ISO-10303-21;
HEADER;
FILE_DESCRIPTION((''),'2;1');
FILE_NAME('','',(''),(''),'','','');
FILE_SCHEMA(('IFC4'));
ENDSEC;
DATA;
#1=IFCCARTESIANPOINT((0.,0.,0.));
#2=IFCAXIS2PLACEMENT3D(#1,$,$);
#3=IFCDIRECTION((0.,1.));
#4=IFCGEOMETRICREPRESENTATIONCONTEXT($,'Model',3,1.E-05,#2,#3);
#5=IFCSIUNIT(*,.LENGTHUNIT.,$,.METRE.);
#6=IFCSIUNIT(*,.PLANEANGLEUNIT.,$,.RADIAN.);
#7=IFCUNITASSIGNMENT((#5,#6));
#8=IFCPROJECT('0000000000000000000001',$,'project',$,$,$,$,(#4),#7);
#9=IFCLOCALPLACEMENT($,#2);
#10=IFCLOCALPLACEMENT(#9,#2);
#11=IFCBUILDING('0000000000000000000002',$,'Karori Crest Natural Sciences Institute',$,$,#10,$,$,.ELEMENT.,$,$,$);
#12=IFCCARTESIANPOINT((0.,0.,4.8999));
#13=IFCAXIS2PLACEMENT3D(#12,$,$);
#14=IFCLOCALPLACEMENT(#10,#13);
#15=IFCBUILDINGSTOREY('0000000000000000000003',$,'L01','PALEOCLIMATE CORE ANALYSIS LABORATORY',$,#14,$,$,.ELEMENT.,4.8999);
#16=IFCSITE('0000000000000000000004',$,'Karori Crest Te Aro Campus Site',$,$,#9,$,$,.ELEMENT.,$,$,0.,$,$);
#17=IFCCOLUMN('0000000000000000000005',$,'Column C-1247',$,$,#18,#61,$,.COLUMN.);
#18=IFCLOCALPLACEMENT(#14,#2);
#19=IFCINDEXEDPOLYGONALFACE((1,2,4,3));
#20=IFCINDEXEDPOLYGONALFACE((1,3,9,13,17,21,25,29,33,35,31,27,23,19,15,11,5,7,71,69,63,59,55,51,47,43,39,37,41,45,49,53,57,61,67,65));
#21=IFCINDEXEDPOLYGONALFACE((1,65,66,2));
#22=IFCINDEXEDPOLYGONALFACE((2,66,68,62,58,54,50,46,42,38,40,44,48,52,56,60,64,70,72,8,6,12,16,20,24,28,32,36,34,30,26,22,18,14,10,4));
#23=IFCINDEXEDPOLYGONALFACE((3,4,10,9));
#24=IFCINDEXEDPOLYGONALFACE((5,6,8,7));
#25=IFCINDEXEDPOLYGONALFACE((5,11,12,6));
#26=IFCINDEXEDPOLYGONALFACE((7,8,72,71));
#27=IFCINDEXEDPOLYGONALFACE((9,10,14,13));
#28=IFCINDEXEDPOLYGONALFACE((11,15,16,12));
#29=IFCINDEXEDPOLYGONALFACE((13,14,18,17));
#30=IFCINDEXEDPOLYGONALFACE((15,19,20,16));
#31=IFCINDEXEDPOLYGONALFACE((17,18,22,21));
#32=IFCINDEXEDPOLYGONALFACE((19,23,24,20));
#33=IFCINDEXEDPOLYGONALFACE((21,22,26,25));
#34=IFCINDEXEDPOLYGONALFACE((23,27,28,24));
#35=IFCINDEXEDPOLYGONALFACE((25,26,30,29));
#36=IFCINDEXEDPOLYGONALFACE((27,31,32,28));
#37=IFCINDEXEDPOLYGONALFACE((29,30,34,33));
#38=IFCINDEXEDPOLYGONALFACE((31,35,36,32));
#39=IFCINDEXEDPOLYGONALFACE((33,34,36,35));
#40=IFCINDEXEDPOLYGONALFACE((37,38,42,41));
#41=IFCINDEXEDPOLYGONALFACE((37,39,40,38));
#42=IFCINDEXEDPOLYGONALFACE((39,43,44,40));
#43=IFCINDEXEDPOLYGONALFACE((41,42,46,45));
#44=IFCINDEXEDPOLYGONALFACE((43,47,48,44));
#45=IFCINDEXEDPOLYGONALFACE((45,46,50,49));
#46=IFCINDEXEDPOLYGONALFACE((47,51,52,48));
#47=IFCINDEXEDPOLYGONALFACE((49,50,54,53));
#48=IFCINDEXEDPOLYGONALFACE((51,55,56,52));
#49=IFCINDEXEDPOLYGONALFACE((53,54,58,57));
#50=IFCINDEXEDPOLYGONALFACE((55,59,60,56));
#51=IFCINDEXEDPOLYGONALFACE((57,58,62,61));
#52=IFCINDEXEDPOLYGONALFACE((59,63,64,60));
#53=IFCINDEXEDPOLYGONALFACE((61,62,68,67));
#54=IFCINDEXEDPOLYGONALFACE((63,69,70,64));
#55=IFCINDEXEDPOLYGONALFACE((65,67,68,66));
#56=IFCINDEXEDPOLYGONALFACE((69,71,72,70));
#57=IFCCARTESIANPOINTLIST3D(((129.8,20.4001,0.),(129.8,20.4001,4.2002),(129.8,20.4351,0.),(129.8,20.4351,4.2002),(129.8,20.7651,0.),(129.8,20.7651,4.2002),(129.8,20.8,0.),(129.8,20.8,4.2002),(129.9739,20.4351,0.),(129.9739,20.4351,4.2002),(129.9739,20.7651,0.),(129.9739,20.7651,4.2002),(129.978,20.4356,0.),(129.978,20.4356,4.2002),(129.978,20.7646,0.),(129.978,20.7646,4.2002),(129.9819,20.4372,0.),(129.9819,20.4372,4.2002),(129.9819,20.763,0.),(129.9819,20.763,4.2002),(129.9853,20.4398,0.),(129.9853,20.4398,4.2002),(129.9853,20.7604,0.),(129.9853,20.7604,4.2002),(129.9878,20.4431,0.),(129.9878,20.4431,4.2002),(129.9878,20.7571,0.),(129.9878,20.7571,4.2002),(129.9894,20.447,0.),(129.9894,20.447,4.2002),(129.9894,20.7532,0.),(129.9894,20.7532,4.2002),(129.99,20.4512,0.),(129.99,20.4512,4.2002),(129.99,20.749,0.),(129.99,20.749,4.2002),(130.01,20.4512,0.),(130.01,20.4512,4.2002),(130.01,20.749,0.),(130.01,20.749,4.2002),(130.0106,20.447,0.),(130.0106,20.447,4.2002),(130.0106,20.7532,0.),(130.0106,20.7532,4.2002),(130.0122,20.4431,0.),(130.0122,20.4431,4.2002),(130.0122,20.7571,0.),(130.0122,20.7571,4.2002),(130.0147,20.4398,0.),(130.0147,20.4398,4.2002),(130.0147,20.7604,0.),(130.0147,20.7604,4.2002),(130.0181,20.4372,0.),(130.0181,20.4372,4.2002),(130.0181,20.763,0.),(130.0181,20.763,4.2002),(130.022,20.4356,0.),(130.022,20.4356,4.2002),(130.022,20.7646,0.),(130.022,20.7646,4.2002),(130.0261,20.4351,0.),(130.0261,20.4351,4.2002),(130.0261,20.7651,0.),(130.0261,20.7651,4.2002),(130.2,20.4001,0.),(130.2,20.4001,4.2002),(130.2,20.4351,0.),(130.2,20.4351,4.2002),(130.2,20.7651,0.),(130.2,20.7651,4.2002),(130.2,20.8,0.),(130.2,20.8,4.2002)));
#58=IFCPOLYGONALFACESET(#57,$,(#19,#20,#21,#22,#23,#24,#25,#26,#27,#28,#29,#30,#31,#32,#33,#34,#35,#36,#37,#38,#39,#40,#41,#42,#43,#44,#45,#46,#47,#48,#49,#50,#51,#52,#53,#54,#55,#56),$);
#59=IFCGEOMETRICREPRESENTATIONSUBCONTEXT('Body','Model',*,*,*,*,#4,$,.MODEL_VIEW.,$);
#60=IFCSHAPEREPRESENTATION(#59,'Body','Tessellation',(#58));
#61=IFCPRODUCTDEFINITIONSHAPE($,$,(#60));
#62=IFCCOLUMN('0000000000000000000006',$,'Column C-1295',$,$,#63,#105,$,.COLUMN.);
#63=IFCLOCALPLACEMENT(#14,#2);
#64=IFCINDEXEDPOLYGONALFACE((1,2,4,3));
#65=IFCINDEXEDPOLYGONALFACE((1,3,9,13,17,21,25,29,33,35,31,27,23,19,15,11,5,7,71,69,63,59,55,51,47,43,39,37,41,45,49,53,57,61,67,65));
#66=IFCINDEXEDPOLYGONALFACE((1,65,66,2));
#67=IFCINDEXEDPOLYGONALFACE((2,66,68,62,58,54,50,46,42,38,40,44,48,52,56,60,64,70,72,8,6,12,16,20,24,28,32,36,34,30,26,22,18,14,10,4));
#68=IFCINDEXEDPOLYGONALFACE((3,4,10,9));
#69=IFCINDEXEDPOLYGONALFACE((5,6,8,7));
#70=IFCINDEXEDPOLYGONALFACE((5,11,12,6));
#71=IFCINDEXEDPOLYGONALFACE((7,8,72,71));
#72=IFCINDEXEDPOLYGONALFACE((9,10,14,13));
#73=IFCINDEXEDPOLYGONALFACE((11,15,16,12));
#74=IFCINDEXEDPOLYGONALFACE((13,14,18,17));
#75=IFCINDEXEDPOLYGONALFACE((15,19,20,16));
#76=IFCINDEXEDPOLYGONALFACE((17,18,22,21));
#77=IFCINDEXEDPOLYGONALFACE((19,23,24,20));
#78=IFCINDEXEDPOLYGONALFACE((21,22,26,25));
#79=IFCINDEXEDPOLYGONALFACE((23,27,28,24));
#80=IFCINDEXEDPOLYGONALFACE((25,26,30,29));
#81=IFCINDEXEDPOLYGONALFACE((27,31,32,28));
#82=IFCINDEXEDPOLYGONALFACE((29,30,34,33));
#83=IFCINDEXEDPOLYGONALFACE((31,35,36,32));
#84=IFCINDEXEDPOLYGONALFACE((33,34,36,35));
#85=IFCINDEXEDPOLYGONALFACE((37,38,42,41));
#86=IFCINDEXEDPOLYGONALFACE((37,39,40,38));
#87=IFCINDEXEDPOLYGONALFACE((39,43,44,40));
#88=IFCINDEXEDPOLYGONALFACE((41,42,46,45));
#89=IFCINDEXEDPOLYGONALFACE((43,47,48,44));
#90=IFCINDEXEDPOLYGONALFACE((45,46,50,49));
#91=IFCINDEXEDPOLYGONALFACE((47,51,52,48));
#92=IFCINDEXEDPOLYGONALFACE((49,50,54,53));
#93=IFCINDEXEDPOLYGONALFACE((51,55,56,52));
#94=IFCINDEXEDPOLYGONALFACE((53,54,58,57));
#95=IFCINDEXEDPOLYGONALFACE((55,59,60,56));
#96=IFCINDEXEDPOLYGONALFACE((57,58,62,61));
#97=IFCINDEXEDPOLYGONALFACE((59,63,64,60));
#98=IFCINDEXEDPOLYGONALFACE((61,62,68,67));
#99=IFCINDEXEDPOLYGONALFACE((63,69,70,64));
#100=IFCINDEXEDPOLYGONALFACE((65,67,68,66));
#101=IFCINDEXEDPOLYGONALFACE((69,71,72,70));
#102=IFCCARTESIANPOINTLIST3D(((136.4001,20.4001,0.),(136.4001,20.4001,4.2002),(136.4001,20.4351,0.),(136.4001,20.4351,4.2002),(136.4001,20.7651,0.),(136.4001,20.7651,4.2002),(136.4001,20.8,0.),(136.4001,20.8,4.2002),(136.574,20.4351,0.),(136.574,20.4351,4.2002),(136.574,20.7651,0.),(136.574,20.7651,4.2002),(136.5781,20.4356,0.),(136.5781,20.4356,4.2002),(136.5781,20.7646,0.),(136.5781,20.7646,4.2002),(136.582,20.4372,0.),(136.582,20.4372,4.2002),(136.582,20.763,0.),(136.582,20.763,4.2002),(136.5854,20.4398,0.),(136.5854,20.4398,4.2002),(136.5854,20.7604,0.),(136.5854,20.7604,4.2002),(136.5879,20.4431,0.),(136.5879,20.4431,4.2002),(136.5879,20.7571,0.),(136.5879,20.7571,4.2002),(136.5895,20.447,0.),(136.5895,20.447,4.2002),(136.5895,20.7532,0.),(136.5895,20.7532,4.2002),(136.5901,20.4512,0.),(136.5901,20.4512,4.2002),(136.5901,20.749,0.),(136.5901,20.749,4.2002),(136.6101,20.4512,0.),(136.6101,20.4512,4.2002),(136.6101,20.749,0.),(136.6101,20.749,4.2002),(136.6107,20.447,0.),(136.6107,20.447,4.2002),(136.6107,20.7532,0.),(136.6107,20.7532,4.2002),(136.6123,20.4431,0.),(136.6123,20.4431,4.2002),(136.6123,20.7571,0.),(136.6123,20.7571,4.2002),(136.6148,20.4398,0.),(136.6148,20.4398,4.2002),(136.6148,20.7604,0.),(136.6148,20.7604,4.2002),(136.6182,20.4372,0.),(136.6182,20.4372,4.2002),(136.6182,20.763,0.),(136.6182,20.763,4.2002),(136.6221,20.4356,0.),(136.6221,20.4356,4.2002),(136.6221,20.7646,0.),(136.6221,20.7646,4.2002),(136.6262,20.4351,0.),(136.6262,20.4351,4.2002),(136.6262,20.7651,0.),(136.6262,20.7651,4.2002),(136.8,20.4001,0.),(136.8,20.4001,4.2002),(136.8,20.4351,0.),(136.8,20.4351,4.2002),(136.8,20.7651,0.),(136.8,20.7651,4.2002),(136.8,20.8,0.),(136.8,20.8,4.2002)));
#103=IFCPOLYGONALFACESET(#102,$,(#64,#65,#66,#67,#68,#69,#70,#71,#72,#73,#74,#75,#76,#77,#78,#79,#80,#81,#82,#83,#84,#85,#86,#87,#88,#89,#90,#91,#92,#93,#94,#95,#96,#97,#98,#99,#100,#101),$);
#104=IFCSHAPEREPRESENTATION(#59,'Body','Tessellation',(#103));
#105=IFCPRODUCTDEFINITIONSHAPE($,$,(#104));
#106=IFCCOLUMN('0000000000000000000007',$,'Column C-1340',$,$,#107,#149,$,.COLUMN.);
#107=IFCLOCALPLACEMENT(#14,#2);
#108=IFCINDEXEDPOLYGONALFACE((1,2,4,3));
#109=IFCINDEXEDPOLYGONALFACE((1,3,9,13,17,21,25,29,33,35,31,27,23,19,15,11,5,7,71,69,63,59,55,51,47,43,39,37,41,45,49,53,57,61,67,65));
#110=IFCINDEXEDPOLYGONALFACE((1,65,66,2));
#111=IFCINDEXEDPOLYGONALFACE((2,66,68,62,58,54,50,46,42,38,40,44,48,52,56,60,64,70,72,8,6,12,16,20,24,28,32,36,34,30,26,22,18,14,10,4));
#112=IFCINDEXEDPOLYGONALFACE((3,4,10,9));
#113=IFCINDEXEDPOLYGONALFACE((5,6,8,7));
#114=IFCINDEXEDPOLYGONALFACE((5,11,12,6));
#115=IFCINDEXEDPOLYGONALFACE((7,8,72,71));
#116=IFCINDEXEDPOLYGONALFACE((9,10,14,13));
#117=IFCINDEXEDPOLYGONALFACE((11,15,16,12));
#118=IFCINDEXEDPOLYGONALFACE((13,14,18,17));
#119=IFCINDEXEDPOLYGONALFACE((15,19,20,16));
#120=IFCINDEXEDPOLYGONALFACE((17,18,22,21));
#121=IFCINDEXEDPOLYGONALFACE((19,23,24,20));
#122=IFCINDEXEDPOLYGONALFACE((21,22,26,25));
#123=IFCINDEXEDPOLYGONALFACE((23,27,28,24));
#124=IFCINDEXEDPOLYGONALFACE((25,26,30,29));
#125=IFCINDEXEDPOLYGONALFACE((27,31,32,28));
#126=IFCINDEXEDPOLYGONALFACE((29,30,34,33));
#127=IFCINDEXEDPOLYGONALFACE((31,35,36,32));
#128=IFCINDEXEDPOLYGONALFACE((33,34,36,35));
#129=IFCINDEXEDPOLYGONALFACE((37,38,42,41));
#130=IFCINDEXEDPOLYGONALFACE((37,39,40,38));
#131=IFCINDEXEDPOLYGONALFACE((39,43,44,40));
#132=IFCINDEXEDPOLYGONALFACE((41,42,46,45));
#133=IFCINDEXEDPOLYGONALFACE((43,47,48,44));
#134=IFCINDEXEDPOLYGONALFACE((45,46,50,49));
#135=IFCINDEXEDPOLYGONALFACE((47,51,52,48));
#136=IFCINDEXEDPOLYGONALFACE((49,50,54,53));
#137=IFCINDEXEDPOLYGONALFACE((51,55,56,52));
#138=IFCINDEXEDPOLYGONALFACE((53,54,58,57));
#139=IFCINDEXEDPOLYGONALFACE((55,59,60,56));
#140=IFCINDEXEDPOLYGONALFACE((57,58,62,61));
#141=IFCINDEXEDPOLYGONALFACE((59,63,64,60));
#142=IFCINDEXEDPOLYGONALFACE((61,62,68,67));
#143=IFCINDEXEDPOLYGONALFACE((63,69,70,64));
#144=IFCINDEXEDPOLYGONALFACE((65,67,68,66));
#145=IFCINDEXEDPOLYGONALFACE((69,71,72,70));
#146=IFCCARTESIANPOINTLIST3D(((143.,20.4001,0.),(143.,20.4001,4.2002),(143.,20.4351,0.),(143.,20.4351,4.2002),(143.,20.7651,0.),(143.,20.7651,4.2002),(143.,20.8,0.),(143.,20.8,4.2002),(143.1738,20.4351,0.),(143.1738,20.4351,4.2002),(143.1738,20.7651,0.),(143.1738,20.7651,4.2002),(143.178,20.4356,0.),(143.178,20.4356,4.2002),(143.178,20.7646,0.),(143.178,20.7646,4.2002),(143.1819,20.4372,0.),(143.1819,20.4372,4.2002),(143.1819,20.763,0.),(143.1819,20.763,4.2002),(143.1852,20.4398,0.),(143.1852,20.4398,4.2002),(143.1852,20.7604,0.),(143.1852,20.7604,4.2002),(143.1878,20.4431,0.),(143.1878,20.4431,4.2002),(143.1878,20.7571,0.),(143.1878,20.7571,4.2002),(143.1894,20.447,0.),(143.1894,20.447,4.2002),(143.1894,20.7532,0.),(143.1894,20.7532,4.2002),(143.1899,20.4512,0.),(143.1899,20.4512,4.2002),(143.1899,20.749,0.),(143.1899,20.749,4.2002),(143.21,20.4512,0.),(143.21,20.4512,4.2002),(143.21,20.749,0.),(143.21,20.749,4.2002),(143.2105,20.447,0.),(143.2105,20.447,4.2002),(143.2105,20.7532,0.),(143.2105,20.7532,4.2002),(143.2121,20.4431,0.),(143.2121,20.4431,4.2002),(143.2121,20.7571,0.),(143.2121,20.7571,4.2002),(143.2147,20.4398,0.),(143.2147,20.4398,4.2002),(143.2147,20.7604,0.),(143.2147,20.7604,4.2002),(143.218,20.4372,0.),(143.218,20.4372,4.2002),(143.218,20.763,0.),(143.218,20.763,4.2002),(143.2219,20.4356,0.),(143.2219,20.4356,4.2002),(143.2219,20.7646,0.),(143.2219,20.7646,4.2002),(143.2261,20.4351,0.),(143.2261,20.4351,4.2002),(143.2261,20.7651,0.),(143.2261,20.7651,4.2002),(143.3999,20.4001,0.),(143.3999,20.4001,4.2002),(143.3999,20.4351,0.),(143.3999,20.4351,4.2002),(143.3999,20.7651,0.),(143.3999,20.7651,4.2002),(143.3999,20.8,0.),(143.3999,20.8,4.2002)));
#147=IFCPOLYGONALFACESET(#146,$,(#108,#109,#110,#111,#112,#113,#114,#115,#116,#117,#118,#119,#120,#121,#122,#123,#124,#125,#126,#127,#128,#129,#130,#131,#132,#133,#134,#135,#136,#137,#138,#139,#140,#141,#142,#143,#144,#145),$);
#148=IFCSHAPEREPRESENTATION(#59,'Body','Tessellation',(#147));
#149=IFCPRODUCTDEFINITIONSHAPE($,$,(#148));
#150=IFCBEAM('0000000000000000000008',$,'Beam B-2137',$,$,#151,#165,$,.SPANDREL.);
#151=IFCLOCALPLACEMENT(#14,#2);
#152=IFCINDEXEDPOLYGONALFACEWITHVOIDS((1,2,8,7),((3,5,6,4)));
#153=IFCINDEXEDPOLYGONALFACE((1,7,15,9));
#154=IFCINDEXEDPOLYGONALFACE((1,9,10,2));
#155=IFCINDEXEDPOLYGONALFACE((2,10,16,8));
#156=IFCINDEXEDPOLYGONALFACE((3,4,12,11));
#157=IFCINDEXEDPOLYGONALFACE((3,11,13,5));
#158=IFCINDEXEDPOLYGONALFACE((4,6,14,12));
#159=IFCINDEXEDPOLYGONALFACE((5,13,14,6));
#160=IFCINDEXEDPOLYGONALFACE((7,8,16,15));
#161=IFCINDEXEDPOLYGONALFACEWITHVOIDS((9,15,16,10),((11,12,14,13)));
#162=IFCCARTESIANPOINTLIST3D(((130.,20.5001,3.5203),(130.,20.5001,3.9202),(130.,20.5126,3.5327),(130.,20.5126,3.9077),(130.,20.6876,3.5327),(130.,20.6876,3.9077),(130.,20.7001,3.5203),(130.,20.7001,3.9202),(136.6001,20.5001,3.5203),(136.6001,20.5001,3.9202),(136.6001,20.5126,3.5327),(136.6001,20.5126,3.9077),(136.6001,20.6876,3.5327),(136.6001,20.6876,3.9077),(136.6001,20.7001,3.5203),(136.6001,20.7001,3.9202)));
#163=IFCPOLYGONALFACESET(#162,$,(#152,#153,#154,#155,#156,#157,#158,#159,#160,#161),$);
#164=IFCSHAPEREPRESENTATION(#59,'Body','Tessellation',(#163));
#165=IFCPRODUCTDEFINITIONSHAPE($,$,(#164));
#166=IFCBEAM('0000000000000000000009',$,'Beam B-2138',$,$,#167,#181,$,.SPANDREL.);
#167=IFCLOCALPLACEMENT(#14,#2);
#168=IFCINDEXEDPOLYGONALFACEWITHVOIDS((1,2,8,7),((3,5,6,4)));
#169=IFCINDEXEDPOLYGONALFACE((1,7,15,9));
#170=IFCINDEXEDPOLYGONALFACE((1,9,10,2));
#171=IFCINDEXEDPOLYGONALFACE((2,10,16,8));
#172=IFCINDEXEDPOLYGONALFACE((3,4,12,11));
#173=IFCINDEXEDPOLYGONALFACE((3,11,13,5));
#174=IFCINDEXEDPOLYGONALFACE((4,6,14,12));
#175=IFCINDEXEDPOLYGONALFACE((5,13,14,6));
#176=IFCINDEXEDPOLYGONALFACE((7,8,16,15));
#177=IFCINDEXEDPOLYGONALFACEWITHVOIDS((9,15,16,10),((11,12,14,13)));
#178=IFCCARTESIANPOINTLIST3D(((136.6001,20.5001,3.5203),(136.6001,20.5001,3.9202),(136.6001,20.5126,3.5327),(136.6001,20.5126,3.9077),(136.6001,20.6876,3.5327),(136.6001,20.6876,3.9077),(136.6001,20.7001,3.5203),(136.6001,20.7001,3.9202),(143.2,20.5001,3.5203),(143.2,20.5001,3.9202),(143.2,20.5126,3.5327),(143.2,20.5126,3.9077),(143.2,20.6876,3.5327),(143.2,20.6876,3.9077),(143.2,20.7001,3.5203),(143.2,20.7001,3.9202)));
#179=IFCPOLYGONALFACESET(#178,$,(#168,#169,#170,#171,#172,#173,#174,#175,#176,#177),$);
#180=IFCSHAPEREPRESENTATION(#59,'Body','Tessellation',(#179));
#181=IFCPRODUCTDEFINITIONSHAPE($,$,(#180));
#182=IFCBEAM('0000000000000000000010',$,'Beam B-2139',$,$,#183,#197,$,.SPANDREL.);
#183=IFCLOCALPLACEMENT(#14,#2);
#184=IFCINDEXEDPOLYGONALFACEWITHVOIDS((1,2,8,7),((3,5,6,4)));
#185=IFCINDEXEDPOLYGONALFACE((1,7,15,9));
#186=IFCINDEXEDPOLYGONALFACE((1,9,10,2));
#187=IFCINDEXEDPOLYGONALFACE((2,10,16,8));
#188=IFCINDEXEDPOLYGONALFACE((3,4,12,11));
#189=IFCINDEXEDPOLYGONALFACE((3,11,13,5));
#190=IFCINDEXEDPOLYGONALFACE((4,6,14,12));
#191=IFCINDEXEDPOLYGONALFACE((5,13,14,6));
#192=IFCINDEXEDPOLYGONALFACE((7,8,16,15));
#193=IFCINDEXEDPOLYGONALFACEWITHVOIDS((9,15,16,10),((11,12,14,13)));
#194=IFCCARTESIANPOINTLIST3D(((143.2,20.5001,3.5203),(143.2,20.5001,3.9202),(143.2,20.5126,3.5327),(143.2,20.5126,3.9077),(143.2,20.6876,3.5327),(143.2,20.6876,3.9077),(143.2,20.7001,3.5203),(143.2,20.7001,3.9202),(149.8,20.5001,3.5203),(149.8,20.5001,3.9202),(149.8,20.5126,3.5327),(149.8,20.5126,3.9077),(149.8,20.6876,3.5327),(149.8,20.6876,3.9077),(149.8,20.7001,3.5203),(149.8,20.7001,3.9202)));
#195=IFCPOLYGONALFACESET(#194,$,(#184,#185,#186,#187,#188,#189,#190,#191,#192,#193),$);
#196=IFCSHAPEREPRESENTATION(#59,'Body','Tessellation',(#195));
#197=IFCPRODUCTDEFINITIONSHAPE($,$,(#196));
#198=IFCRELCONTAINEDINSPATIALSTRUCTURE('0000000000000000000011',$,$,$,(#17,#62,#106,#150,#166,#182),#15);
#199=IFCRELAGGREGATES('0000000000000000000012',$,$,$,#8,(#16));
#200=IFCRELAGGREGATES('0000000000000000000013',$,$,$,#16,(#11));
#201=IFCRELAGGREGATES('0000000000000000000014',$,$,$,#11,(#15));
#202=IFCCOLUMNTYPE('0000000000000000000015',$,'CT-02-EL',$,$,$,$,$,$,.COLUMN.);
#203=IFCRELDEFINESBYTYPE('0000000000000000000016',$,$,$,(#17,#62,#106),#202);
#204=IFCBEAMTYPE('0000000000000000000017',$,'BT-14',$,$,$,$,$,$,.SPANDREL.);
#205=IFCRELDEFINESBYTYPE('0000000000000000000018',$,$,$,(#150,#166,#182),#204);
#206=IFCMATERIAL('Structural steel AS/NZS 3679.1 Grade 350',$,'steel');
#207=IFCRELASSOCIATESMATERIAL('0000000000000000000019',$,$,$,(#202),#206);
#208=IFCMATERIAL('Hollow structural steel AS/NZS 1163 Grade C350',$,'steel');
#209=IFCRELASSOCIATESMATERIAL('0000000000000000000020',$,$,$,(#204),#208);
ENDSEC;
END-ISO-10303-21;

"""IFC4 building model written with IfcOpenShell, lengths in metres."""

from ifc_helpers import new_model, si_unit, direction, frame, origin, origin_2d, place, context, subcontext, project, spatial, hollow_rectangle, i_section, extrude, material, material_profile, profile_set, type_object, element, save


model = new_model("IFC4")

# Units and contexts
model_context = context("Model", 3, precision=1e-05, world=origin(), true_north=direction((0.0, 1.0)))
body_context = subcontext(model_context, "Body", "Model", "MODEL_VIEW")
ifc_project = project(units=[si_unit("LENGTHUNIT", "METRE"), si_unit("PLANEANGLEUNIT", "RADIAN")], contexts=[model_context])

# Site, building, storey
site_placement = place(None, origin())
site = spatial("IfcSite", under=ifc_project, at=site_placement, Name="Karori Crest Te Aro Campus Site", CompositionType="ELEMENT", RefElevation=0.0)
building_placement = place(site_placement, origin())
building = spatial("IfcBuilding", under=site, at=building_placement, Name="Karori Crest Natural Sciences Institute", CompositionType="ELEMENT")
storey_placement = place(building_placement, frame((0.0, 0.0, 4.8999)))
storey = spatial("IfcBuildingStorey", under=building, at=storey_placement, Name="L01", Description="PALEOCLIMATE CORE ANALYSIS LABORATORY", CompositionType="ELEMENT", Elevation=4.8999)

# Columns
ifc_material_1 = material(Name="Structural steel AS/NZS 3679.1 Grade 350", Category="steel")
ifc_material_profile_1 = material_profile(ifc_material_1, i_section(OverallWidth=0.3999, OverallDepth=0.3999, WebThickness=0.02, FlangeThickness=0.0349, FilletRadius=0.0161, at=origin_2d()), Name="400WC328")
ifc_profile_set_1 = profile_set([ifc_material_profile_1], Name="Structural steel AS/NZS 3679.1 Grade 350")
column_type = type_object("IfcColumnType", Name="CT-02-EL", PredefinedType="COLUMN", material=ifc_profile_set_1)
for number, where, z_axis, x_axis, name in (
    (1, (130.0, 20.6001, 0.0), (0.0, 0.0, 1.0), (1.0, 0.0, 0.0), "Column C-1247"),
    (2, (136.6001, 20.6001, 0.0), (0.0, 0.0, 1.0), (1.0, 0.0, 0.0), "Column C-1295"),
    (3, (143.2, 20.6001, 0.0), (0.0, 0.0, 1.0), (1.0, 0.0, 0.0), "Column C-1340"),
):
    element("IfcColumn", number, at=place(storey_placement, frame(where, z_axis=z_axis, x_axis=x_axis)), inside=storey, type_object=column_type, Name=name, PredefinedType="COLUMN", context=body_context, shape_type="SweptSolid", body=[
        extrude(i_section(OverallWidth=0.3999, OverallDepth=0.3999, WebThickness=0.02, FlangeThickness=0.0349, FilletRadius=0.0161, at=origin_2d()), origin(), (0.0, 0.0, 1.0), 4.2002),
    ])

# Beams
ifc_material_2 = material(Name="Hollow structural steel AS/NZS 1163 Grade C350", Category="steel")
ifc_material_profile_2 = material_profile(ifc_material_2, hollow_rectangle(XDim=0.2, YDim=0.3999, WallThickness=0.0125, at=origin_2d()), Name="RHS400x200x12.5")
ifc_profile_set_2 = profile_set([ifc_material_profile_2], Name="Hollow structural steel AS/NZS 1163 Grade C350")
beam_type = type_object("IfcBeamType", Name="BT-14", PredefinedType="SPANDREL", material=ifc_profile_set_2)
beam_1_placement = place(storey_placement, frame((130.0, 20.6001, 3.7202), z_axis=(1.0, 0.0, 0.0), x_axis=(0.0, 1.0, 0.0)))
element("IfcBeam", 4, at=beam_1_placement, inside=storey, type_object=beam_type, Name="Beam B-2137", PredefinedType="SPANDREL", context=body_context, shape_type="SweptSolid", body=[
    extrude(hollow_rectangle(XDim=0.2, YDim=0.3999, WallThickness=0.0125, at=origin_2d()), origin(), (0.0, 0.0, 1.0), 6.6001),
])
beam_2_placement = place(storey_placement, frame((136.6001, 20.6001, 3.7202), z_axis=(1.0, 0.0, 0.0), x_axis=(0.0, 1.0, 0.0)))
element("IfcBeam", 5, at=beam_2_placement, inside=storey, type_object=beam_type, Name="Beam B-2138", PredefinedType="SPANDREL", context=body_context, shape_type="SweptSolid", body=[
    extrude(hollow_rectangle(XDim=0.2, YDim=0.3999, WallThickness=0.0125, at=origin_2d()), origin(), (0.0, 0.0, 1.0), 6.5999),
])
beam_3_placement = place(storey_placement, frame((143.2, 20.6001, 3.7202), z_axis=(1.0, 0.0, 0.0), x_axis=(0.0, 1.0, 0.0)))
element("IfcBeam", 6, at=beam_3_placement, inside=storey, type_object=beam_type, Name="Beam B-2139", PredefinedType="SPANDREL", context=body_context, shape_type="SweptSolid", body=[
    extrude(hollow_rectangle(XDim=0.2, YDim=0.3999, WallThickness=0.0125, at=origin_2d()), origin(), (0.0, 0.0, 1.0), 6.6001),
])

save(model, "model.ifc")
